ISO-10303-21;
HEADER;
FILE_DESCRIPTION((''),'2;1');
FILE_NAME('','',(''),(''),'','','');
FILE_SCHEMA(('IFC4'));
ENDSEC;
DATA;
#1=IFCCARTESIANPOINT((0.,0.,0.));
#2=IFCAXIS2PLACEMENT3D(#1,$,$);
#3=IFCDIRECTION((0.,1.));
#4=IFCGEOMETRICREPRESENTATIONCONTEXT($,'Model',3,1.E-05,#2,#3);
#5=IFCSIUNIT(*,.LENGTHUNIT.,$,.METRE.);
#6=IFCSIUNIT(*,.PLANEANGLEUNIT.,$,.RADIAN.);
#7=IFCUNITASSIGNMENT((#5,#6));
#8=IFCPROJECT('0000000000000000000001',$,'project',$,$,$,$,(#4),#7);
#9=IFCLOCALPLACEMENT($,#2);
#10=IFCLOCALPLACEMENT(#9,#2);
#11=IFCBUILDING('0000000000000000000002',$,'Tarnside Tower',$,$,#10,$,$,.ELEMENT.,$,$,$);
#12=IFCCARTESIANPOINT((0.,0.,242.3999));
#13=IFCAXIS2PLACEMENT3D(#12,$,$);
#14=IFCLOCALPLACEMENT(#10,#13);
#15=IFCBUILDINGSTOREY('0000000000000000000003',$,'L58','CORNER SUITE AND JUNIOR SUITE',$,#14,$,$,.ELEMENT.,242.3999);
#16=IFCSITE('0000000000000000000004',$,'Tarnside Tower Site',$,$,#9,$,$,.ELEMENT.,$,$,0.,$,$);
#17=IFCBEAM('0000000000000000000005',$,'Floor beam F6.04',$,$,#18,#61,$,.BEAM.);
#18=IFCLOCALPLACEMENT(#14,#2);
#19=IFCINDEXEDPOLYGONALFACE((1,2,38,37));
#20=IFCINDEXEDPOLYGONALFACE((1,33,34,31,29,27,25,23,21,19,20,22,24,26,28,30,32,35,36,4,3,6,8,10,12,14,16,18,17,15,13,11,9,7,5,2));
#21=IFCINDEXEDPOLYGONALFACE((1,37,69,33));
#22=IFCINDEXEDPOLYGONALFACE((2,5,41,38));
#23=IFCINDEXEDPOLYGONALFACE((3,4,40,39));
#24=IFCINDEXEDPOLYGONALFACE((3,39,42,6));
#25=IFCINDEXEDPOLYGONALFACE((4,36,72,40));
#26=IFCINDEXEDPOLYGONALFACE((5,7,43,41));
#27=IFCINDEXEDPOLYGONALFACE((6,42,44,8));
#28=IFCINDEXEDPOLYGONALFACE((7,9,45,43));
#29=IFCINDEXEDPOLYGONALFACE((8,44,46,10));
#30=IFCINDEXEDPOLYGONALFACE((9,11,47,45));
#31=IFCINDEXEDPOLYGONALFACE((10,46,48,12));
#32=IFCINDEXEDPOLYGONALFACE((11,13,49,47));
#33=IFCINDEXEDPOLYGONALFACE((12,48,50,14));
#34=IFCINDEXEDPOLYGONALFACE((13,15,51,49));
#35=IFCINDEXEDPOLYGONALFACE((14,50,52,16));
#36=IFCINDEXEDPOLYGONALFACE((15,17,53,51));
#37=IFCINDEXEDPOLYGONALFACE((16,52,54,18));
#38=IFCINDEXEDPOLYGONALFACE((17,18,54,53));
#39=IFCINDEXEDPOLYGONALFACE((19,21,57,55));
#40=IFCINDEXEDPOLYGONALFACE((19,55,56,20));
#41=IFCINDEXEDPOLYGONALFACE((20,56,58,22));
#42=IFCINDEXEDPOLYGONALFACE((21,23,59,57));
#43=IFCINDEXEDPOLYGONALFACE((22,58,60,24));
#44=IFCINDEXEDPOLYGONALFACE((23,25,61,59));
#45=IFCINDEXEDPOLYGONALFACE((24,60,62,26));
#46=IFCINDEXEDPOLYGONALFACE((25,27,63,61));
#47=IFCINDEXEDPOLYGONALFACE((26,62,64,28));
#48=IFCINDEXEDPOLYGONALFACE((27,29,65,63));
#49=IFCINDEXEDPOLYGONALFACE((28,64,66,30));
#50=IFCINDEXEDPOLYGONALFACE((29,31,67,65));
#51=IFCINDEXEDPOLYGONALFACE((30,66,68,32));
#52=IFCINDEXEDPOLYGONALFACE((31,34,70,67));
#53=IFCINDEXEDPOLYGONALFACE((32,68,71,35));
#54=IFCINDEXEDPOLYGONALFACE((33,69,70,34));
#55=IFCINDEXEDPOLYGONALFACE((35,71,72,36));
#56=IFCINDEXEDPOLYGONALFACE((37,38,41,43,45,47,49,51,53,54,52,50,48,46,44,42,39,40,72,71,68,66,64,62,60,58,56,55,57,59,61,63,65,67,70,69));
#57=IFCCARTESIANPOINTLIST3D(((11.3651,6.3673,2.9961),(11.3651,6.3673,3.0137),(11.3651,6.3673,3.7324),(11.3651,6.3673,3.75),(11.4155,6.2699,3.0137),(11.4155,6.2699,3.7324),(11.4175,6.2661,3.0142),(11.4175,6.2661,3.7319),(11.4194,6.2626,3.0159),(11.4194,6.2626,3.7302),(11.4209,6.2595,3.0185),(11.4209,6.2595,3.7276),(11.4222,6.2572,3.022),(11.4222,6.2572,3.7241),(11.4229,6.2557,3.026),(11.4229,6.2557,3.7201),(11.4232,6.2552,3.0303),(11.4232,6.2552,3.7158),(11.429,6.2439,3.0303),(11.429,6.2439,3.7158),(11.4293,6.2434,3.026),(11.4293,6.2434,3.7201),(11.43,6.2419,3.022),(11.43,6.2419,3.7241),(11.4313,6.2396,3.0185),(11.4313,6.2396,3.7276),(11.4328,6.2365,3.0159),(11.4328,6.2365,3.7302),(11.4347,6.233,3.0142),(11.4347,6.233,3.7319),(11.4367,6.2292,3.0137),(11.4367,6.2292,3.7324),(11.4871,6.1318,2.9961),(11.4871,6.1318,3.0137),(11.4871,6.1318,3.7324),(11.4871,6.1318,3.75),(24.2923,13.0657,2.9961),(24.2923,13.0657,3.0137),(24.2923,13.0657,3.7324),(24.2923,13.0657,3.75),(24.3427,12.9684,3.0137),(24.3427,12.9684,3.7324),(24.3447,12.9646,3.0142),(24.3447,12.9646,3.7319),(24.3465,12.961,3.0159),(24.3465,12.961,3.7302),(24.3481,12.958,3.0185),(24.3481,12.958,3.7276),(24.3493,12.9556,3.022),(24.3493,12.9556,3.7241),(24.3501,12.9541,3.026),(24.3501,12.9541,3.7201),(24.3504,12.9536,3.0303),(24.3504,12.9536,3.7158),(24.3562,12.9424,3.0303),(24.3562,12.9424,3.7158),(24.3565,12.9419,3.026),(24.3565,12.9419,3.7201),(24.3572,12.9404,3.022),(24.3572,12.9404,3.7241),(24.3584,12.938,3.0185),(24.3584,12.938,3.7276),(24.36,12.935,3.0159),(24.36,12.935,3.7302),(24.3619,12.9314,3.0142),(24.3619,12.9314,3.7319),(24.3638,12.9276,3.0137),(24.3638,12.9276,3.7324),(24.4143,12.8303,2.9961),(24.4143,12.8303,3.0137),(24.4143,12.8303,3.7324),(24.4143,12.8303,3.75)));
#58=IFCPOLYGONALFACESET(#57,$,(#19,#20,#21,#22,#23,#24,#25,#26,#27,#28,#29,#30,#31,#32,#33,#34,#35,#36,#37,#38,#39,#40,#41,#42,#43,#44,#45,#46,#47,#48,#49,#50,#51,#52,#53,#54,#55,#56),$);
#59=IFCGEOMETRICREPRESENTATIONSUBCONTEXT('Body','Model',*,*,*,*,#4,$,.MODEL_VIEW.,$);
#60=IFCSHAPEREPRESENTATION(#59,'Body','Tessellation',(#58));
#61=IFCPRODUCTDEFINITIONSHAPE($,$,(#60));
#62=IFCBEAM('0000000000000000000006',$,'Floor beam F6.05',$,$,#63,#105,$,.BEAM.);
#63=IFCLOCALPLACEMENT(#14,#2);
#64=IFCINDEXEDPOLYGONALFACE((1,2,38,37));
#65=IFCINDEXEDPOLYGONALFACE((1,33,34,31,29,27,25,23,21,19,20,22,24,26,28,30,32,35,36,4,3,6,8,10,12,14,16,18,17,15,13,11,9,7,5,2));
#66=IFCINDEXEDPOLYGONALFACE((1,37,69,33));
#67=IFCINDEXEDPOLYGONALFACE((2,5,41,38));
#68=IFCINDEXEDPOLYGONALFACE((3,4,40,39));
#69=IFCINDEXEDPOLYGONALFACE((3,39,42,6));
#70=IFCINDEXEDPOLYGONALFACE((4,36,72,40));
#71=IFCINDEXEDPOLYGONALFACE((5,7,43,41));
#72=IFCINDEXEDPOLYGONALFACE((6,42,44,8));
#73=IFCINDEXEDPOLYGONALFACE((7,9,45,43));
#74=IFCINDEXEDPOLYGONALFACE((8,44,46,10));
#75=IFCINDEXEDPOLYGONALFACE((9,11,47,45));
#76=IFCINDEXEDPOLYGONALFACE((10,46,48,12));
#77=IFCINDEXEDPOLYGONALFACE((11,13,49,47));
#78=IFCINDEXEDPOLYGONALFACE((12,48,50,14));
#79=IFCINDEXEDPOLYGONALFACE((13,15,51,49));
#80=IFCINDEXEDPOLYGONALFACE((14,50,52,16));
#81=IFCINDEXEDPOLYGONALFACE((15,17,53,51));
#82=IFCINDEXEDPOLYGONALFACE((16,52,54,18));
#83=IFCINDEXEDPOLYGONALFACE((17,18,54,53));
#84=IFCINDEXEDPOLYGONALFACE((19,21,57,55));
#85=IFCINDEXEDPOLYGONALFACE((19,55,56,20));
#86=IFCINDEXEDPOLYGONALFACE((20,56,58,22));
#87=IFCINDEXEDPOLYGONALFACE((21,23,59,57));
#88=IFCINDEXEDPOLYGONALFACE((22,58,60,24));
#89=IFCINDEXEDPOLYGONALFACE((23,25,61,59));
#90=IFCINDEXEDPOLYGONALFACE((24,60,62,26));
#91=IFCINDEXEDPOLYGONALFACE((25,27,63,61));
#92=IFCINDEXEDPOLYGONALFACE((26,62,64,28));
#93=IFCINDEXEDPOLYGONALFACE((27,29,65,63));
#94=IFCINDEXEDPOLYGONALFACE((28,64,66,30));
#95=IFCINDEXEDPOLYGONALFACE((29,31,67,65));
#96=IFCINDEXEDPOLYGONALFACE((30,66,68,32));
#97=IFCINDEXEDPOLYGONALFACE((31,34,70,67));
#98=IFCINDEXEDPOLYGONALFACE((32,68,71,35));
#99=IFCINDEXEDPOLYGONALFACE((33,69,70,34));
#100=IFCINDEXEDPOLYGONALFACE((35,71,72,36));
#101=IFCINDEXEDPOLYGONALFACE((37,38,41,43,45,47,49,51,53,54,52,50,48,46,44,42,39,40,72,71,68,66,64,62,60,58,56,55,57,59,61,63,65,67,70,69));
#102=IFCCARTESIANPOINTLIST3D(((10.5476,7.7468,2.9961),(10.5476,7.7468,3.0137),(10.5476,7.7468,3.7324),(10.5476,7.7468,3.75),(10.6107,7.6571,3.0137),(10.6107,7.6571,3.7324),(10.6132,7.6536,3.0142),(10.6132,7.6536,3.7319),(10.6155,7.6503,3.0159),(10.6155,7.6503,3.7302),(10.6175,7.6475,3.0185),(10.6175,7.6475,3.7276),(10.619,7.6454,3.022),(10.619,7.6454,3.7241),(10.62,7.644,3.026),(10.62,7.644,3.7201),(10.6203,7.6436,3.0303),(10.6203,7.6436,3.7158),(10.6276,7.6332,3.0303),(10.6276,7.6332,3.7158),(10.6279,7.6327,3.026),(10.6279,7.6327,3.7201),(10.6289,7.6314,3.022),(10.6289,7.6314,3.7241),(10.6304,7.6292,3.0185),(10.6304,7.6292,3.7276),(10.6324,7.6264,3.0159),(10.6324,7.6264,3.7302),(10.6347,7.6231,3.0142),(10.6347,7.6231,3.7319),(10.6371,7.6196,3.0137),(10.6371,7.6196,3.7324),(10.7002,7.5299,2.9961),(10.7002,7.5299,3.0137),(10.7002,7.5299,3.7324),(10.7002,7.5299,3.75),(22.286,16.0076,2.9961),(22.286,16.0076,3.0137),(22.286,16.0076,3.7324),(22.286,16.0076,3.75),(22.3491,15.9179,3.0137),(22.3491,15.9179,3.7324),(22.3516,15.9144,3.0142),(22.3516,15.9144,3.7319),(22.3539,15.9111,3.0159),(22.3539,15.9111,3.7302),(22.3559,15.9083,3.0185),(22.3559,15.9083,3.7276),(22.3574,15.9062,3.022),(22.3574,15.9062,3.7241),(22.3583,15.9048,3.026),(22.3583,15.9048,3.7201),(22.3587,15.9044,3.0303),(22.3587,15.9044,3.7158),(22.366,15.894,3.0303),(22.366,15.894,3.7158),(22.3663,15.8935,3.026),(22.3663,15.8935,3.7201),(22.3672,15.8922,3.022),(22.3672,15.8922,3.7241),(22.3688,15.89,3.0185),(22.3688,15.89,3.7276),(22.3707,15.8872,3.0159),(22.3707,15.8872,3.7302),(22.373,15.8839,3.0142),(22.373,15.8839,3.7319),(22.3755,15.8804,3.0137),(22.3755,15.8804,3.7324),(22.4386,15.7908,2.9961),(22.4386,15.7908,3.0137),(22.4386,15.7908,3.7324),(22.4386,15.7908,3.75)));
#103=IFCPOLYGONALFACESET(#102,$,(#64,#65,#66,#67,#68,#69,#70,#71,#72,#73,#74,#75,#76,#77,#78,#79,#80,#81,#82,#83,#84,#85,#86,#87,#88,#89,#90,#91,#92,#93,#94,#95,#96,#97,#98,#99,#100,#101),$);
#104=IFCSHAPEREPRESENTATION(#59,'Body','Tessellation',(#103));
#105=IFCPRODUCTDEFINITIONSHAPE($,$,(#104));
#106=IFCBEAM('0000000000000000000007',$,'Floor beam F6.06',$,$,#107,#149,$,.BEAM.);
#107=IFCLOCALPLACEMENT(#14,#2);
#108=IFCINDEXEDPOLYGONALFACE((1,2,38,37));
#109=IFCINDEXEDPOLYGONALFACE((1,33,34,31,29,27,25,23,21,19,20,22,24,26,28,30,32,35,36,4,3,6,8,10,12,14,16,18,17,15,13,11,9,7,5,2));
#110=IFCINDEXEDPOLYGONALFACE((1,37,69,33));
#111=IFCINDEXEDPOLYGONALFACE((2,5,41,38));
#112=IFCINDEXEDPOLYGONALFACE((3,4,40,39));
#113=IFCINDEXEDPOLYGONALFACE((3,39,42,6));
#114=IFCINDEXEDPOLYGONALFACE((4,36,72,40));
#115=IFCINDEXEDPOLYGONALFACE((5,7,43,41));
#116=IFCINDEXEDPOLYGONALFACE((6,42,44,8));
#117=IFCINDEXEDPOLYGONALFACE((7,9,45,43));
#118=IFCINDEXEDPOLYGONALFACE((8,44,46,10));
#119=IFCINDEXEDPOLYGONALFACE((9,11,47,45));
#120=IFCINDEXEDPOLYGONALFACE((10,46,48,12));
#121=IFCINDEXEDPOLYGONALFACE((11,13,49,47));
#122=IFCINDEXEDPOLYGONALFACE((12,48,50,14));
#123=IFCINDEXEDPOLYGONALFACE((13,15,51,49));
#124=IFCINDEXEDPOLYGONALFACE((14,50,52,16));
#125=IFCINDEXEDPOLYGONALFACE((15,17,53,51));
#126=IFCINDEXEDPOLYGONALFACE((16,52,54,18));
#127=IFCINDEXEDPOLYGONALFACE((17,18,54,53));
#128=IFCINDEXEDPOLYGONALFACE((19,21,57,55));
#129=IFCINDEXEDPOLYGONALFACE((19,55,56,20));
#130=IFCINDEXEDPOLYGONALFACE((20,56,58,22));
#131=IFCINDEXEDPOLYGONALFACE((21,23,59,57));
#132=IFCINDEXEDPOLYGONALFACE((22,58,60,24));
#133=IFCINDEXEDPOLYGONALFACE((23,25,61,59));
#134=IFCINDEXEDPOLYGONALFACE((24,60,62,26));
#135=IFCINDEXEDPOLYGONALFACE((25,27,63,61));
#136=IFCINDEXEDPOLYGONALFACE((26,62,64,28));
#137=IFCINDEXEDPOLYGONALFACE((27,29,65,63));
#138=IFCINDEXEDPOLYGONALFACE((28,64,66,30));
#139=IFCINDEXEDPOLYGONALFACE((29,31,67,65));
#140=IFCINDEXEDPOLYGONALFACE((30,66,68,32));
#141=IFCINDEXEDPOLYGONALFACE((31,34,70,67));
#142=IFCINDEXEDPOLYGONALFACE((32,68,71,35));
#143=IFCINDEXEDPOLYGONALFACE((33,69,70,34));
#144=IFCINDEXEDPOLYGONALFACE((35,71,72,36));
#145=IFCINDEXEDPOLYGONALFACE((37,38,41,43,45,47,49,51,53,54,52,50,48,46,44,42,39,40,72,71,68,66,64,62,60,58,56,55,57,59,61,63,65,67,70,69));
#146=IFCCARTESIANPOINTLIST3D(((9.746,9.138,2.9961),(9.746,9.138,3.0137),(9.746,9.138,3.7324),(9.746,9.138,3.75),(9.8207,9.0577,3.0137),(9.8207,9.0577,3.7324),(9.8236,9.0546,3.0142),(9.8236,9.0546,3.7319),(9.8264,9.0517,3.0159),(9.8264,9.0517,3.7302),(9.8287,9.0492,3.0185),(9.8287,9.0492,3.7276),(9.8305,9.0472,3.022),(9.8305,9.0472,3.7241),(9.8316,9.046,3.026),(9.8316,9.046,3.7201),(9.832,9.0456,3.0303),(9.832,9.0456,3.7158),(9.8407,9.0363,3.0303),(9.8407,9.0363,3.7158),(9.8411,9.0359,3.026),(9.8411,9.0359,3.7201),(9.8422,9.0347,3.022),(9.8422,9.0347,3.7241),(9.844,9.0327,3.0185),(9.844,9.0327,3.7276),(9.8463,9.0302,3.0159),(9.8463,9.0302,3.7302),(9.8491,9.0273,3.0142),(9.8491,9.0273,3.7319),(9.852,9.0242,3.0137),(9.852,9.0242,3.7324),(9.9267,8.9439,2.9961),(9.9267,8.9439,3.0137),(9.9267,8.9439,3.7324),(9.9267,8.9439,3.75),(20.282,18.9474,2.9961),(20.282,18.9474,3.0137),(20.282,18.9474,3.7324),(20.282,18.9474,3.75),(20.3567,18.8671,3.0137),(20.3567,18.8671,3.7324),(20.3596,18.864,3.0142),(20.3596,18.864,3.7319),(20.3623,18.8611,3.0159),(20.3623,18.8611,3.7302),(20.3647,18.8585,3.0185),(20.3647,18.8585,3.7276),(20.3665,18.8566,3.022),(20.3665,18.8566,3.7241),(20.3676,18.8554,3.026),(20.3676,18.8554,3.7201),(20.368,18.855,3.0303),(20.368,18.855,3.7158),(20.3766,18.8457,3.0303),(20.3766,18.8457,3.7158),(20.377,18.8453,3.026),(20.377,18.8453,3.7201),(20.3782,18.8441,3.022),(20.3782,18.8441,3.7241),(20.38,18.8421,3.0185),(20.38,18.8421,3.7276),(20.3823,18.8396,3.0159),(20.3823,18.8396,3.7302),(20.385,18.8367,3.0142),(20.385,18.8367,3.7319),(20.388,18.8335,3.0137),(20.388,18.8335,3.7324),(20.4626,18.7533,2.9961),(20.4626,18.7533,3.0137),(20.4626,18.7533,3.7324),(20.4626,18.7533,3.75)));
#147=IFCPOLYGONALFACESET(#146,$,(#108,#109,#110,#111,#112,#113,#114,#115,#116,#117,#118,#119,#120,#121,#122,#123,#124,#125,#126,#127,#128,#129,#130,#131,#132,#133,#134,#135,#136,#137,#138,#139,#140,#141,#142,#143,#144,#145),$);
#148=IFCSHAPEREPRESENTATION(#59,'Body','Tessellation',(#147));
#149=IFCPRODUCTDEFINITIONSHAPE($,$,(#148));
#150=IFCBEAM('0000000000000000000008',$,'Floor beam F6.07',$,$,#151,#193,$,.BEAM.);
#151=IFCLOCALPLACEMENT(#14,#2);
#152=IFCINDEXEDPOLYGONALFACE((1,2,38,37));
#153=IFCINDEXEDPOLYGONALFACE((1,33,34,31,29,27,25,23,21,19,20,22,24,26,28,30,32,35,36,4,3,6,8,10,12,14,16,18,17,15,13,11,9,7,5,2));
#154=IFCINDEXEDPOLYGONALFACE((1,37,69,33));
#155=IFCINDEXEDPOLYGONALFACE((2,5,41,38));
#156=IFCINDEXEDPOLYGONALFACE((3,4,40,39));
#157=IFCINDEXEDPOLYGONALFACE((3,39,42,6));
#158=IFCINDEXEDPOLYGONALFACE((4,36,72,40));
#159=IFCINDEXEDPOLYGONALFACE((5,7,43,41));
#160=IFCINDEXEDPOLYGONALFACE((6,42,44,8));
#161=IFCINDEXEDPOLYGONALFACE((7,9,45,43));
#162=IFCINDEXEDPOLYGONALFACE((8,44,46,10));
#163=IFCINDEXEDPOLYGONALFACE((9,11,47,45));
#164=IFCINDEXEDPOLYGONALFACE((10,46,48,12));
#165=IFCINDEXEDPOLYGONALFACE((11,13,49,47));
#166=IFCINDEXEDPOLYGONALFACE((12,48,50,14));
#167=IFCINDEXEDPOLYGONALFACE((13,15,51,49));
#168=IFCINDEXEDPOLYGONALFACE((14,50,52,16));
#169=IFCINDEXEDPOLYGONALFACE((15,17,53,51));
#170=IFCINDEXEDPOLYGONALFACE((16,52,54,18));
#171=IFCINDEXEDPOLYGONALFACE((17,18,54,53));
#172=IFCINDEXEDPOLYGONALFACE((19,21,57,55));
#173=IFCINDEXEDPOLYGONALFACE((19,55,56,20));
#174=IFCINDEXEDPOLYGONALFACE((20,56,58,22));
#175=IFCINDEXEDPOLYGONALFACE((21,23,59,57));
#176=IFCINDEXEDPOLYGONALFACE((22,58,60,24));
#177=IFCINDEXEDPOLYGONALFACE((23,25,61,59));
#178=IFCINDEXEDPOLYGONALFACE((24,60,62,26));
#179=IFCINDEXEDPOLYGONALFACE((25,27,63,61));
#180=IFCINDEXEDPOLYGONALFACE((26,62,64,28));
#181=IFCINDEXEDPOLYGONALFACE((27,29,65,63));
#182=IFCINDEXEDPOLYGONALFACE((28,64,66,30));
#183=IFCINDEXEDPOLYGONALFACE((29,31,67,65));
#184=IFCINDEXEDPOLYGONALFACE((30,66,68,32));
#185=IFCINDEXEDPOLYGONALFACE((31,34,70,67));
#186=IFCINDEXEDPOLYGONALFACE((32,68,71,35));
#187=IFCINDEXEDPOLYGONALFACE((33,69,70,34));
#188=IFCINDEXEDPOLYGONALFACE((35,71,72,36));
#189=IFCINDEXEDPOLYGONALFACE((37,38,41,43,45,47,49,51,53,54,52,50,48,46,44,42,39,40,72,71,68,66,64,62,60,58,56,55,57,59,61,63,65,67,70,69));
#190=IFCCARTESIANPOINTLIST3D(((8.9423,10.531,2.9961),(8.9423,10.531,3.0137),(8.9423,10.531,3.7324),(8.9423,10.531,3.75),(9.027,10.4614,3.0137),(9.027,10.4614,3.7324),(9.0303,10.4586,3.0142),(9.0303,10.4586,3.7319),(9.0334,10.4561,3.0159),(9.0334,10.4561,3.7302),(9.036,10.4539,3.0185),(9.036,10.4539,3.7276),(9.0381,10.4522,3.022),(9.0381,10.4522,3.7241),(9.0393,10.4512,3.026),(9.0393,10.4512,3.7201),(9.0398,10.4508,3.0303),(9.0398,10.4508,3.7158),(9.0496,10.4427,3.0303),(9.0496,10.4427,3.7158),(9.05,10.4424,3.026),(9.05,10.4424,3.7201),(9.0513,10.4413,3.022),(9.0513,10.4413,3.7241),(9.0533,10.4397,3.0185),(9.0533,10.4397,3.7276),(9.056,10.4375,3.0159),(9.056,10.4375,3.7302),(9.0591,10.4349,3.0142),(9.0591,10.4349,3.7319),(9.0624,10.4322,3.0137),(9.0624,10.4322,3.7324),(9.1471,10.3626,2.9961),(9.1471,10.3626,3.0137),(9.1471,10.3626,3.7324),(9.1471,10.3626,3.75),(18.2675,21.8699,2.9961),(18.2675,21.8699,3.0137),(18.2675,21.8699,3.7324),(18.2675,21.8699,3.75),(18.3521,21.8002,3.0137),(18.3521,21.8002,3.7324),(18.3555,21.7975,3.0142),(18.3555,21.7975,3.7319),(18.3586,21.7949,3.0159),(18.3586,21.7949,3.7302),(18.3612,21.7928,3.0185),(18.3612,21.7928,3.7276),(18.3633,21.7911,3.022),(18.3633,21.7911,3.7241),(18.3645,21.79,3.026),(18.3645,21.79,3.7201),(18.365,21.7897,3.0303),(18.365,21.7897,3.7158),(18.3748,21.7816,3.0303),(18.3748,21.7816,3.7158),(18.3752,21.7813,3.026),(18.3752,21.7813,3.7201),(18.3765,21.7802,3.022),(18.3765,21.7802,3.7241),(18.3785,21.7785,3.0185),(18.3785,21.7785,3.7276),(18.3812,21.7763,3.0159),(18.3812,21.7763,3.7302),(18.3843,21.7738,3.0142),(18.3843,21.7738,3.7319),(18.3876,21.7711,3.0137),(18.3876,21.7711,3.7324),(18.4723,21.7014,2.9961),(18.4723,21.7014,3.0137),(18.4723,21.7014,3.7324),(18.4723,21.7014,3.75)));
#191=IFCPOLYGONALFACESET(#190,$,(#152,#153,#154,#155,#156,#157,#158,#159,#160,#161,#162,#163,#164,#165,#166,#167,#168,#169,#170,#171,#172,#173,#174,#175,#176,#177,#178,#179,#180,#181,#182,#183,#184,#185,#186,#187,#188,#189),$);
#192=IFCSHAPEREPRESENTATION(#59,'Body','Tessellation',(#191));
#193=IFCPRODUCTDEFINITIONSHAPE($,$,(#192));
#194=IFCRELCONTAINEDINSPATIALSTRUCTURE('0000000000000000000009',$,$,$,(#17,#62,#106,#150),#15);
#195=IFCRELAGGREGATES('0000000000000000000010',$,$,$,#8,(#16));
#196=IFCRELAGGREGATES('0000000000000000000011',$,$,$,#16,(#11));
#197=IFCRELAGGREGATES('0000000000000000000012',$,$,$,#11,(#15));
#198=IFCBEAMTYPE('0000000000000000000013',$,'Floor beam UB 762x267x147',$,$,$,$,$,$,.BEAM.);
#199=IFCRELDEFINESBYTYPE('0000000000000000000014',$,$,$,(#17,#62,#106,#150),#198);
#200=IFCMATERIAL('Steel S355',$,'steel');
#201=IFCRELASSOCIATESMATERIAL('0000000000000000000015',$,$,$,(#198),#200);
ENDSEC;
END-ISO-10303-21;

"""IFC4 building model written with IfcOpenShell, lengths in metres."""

from ifc_helpers import new_model, si_unit, direction, frame, origin, origin_2d, place, context, subcontext, project, spatial, i_section, extrude, material, material_profile, profile_set, type_object, element, save


model = new_model("IFC4")

# Units and contexts
model_context = context("Model", 3, precision=1e-05, world=origin(), true_north=direction((0.0, 1.0)))
body_context = subcontext(model_context, "Body", "Model", "MODEL_VIEW")
ifc_project = project(units=[si_unit("LENGTHUNIT", "METRE"), si_unit("PLANEANGLEUNIT", "RADIAN")], contexts=[model_context])

# Site, building, storey
site_placement = place(None, origin())
site = spatial("IfcSite", under=ifc_project, at=site_placement, Name="Tarnside Tower Site", CompositionType="ELEMENT", RefElevation=0.0)
building_placement = place(site_placement, origin())
building = spatial("IfcBuilding", under=site, at=building_placement, Name="Tarnside Tower", CompositionType="ELEMENT")
storey_placement = place(building_placement, frame((0.0, 0.0, 242.3999)))
storey = spatial("IfcBuildingStorey", under=building, at=storey_placement, Name="L58", Description="CORNER SUITE AND JUNIOR SUITE", CompositionType="ELEMENT", Elevation=242.3999)

# Beams
ifc_material_1 = material(Name="Steel S355", Category="steel")
ifc_material_profile_1 = material_profile(ifc_material_1, i_section(OverallWidth=0.2651, OverallDepth=0.7539, WebThickness=0.0127, FlangeThickness=0.0176, FilletRadius=0.0166, at=origin_2d()), Name="UB 762x267x147")
ifc_profile_set_1 = profile_set([ifc_material_profile_1], Name="Steel S355")
beam_type_1 = type_object("IfcBeamType", Name="Floor beam UB 762x267x147", PredefinedType="BEAM", material=ifc_profile_set_1)
beam_1_placement = place(storey_placement, frame((24.3533, 12.948, 3.373), z_axis=(-0.887882, -0.460072, 0.0), x_axis=(0.460072, -0.887882, 0.0)))
element("IfcBeam", 1, at=beam_1_placement, inside=storey, type_object=beam_type_1, Name="Floor beam F6.04", PredefinedType="BEAM", context=body_context, shape_type="SweptSolid", body=[
    extrude(i_section(OverallWidth=0.2651, OverallDepth=0.7539, WebThickness=0.0127, FlangeThickness=0.0176, FilletRadius=0.0166, at=origin_2d()), origin(), (0.0, 0.0, 1.0), 14.5596),
])
beam_2_placement = place(storey_placement, frame((22.3623, 15.8992, 3.373), z_axis=(-0.817791, -0.575515, 0.0), x_axis=(0.575515, -0.817791, 0.0)))
element("IfcBeam", 2, at=beam_2_placement, inside=storey, type_object=beam_type_1, Name="Floor beam F6.05", PredefinedType="BEAM", context=body_context, shape_type="SweptSolid", body=[
    extrude(i_section(OverallWidth=0.2651, OverallDepth=0.7539, WebThickness=0.0127, FlangeThickness=0.0176, FilletRadius=0.0166, at=origin_2d()), origin(), (0.0, 0.0, 1.0), 14.3538),
])
beam_3_placement = place(storey_placement, frame((20.3723, 18.8503, 3.373), z_axis=(-0.731892, -0.68142, 0.0), x_axis=(0.68142, -0.731892, 0.0)))
element("IfcBeam", 3, at=beam_3_placement, inside=storey, type_object=beam_type_1, Name="Floor beam F6.06", PredefinedType="BEAM", context=body_context, shape_type="SweptSolid", body=[
    extrude(i_section(OverallWidth=0.2651, OverallDepth=0.7539, WebThickness=0.0127, FlangeThickness=0.0176, FilletRadius=0.0166, at=origin_2d()), origin(), (0.0, 0.0, 1.0), 14.3955),
])
beam_4_placement = place(storey_placement, frame((18.3699, 21.7856, 3.373), z_axis=(-0.635192, -0.772354, 0.0), x_axis=(0.772354, -0.635192, 0.0)))
element("IfcBeam", 4, at=beam_4_placement, inside=storey, type_object=beam_type_1, Name="Floor beam F6.07", PredefinedType="BEAM", context=body_context, shape_type="SweptSolid", body=[
    extrude(i_section(OverallWidth=0.2651, OverallDepth=0.7539, WebThickness=0.0127, FlangeThickness=0.0176, FilletRadius=0.0166, at=origin_2d()), origin(), (0.0, 0.0, 1.0), 14.6809),
])

save(model, "model.ifc")
